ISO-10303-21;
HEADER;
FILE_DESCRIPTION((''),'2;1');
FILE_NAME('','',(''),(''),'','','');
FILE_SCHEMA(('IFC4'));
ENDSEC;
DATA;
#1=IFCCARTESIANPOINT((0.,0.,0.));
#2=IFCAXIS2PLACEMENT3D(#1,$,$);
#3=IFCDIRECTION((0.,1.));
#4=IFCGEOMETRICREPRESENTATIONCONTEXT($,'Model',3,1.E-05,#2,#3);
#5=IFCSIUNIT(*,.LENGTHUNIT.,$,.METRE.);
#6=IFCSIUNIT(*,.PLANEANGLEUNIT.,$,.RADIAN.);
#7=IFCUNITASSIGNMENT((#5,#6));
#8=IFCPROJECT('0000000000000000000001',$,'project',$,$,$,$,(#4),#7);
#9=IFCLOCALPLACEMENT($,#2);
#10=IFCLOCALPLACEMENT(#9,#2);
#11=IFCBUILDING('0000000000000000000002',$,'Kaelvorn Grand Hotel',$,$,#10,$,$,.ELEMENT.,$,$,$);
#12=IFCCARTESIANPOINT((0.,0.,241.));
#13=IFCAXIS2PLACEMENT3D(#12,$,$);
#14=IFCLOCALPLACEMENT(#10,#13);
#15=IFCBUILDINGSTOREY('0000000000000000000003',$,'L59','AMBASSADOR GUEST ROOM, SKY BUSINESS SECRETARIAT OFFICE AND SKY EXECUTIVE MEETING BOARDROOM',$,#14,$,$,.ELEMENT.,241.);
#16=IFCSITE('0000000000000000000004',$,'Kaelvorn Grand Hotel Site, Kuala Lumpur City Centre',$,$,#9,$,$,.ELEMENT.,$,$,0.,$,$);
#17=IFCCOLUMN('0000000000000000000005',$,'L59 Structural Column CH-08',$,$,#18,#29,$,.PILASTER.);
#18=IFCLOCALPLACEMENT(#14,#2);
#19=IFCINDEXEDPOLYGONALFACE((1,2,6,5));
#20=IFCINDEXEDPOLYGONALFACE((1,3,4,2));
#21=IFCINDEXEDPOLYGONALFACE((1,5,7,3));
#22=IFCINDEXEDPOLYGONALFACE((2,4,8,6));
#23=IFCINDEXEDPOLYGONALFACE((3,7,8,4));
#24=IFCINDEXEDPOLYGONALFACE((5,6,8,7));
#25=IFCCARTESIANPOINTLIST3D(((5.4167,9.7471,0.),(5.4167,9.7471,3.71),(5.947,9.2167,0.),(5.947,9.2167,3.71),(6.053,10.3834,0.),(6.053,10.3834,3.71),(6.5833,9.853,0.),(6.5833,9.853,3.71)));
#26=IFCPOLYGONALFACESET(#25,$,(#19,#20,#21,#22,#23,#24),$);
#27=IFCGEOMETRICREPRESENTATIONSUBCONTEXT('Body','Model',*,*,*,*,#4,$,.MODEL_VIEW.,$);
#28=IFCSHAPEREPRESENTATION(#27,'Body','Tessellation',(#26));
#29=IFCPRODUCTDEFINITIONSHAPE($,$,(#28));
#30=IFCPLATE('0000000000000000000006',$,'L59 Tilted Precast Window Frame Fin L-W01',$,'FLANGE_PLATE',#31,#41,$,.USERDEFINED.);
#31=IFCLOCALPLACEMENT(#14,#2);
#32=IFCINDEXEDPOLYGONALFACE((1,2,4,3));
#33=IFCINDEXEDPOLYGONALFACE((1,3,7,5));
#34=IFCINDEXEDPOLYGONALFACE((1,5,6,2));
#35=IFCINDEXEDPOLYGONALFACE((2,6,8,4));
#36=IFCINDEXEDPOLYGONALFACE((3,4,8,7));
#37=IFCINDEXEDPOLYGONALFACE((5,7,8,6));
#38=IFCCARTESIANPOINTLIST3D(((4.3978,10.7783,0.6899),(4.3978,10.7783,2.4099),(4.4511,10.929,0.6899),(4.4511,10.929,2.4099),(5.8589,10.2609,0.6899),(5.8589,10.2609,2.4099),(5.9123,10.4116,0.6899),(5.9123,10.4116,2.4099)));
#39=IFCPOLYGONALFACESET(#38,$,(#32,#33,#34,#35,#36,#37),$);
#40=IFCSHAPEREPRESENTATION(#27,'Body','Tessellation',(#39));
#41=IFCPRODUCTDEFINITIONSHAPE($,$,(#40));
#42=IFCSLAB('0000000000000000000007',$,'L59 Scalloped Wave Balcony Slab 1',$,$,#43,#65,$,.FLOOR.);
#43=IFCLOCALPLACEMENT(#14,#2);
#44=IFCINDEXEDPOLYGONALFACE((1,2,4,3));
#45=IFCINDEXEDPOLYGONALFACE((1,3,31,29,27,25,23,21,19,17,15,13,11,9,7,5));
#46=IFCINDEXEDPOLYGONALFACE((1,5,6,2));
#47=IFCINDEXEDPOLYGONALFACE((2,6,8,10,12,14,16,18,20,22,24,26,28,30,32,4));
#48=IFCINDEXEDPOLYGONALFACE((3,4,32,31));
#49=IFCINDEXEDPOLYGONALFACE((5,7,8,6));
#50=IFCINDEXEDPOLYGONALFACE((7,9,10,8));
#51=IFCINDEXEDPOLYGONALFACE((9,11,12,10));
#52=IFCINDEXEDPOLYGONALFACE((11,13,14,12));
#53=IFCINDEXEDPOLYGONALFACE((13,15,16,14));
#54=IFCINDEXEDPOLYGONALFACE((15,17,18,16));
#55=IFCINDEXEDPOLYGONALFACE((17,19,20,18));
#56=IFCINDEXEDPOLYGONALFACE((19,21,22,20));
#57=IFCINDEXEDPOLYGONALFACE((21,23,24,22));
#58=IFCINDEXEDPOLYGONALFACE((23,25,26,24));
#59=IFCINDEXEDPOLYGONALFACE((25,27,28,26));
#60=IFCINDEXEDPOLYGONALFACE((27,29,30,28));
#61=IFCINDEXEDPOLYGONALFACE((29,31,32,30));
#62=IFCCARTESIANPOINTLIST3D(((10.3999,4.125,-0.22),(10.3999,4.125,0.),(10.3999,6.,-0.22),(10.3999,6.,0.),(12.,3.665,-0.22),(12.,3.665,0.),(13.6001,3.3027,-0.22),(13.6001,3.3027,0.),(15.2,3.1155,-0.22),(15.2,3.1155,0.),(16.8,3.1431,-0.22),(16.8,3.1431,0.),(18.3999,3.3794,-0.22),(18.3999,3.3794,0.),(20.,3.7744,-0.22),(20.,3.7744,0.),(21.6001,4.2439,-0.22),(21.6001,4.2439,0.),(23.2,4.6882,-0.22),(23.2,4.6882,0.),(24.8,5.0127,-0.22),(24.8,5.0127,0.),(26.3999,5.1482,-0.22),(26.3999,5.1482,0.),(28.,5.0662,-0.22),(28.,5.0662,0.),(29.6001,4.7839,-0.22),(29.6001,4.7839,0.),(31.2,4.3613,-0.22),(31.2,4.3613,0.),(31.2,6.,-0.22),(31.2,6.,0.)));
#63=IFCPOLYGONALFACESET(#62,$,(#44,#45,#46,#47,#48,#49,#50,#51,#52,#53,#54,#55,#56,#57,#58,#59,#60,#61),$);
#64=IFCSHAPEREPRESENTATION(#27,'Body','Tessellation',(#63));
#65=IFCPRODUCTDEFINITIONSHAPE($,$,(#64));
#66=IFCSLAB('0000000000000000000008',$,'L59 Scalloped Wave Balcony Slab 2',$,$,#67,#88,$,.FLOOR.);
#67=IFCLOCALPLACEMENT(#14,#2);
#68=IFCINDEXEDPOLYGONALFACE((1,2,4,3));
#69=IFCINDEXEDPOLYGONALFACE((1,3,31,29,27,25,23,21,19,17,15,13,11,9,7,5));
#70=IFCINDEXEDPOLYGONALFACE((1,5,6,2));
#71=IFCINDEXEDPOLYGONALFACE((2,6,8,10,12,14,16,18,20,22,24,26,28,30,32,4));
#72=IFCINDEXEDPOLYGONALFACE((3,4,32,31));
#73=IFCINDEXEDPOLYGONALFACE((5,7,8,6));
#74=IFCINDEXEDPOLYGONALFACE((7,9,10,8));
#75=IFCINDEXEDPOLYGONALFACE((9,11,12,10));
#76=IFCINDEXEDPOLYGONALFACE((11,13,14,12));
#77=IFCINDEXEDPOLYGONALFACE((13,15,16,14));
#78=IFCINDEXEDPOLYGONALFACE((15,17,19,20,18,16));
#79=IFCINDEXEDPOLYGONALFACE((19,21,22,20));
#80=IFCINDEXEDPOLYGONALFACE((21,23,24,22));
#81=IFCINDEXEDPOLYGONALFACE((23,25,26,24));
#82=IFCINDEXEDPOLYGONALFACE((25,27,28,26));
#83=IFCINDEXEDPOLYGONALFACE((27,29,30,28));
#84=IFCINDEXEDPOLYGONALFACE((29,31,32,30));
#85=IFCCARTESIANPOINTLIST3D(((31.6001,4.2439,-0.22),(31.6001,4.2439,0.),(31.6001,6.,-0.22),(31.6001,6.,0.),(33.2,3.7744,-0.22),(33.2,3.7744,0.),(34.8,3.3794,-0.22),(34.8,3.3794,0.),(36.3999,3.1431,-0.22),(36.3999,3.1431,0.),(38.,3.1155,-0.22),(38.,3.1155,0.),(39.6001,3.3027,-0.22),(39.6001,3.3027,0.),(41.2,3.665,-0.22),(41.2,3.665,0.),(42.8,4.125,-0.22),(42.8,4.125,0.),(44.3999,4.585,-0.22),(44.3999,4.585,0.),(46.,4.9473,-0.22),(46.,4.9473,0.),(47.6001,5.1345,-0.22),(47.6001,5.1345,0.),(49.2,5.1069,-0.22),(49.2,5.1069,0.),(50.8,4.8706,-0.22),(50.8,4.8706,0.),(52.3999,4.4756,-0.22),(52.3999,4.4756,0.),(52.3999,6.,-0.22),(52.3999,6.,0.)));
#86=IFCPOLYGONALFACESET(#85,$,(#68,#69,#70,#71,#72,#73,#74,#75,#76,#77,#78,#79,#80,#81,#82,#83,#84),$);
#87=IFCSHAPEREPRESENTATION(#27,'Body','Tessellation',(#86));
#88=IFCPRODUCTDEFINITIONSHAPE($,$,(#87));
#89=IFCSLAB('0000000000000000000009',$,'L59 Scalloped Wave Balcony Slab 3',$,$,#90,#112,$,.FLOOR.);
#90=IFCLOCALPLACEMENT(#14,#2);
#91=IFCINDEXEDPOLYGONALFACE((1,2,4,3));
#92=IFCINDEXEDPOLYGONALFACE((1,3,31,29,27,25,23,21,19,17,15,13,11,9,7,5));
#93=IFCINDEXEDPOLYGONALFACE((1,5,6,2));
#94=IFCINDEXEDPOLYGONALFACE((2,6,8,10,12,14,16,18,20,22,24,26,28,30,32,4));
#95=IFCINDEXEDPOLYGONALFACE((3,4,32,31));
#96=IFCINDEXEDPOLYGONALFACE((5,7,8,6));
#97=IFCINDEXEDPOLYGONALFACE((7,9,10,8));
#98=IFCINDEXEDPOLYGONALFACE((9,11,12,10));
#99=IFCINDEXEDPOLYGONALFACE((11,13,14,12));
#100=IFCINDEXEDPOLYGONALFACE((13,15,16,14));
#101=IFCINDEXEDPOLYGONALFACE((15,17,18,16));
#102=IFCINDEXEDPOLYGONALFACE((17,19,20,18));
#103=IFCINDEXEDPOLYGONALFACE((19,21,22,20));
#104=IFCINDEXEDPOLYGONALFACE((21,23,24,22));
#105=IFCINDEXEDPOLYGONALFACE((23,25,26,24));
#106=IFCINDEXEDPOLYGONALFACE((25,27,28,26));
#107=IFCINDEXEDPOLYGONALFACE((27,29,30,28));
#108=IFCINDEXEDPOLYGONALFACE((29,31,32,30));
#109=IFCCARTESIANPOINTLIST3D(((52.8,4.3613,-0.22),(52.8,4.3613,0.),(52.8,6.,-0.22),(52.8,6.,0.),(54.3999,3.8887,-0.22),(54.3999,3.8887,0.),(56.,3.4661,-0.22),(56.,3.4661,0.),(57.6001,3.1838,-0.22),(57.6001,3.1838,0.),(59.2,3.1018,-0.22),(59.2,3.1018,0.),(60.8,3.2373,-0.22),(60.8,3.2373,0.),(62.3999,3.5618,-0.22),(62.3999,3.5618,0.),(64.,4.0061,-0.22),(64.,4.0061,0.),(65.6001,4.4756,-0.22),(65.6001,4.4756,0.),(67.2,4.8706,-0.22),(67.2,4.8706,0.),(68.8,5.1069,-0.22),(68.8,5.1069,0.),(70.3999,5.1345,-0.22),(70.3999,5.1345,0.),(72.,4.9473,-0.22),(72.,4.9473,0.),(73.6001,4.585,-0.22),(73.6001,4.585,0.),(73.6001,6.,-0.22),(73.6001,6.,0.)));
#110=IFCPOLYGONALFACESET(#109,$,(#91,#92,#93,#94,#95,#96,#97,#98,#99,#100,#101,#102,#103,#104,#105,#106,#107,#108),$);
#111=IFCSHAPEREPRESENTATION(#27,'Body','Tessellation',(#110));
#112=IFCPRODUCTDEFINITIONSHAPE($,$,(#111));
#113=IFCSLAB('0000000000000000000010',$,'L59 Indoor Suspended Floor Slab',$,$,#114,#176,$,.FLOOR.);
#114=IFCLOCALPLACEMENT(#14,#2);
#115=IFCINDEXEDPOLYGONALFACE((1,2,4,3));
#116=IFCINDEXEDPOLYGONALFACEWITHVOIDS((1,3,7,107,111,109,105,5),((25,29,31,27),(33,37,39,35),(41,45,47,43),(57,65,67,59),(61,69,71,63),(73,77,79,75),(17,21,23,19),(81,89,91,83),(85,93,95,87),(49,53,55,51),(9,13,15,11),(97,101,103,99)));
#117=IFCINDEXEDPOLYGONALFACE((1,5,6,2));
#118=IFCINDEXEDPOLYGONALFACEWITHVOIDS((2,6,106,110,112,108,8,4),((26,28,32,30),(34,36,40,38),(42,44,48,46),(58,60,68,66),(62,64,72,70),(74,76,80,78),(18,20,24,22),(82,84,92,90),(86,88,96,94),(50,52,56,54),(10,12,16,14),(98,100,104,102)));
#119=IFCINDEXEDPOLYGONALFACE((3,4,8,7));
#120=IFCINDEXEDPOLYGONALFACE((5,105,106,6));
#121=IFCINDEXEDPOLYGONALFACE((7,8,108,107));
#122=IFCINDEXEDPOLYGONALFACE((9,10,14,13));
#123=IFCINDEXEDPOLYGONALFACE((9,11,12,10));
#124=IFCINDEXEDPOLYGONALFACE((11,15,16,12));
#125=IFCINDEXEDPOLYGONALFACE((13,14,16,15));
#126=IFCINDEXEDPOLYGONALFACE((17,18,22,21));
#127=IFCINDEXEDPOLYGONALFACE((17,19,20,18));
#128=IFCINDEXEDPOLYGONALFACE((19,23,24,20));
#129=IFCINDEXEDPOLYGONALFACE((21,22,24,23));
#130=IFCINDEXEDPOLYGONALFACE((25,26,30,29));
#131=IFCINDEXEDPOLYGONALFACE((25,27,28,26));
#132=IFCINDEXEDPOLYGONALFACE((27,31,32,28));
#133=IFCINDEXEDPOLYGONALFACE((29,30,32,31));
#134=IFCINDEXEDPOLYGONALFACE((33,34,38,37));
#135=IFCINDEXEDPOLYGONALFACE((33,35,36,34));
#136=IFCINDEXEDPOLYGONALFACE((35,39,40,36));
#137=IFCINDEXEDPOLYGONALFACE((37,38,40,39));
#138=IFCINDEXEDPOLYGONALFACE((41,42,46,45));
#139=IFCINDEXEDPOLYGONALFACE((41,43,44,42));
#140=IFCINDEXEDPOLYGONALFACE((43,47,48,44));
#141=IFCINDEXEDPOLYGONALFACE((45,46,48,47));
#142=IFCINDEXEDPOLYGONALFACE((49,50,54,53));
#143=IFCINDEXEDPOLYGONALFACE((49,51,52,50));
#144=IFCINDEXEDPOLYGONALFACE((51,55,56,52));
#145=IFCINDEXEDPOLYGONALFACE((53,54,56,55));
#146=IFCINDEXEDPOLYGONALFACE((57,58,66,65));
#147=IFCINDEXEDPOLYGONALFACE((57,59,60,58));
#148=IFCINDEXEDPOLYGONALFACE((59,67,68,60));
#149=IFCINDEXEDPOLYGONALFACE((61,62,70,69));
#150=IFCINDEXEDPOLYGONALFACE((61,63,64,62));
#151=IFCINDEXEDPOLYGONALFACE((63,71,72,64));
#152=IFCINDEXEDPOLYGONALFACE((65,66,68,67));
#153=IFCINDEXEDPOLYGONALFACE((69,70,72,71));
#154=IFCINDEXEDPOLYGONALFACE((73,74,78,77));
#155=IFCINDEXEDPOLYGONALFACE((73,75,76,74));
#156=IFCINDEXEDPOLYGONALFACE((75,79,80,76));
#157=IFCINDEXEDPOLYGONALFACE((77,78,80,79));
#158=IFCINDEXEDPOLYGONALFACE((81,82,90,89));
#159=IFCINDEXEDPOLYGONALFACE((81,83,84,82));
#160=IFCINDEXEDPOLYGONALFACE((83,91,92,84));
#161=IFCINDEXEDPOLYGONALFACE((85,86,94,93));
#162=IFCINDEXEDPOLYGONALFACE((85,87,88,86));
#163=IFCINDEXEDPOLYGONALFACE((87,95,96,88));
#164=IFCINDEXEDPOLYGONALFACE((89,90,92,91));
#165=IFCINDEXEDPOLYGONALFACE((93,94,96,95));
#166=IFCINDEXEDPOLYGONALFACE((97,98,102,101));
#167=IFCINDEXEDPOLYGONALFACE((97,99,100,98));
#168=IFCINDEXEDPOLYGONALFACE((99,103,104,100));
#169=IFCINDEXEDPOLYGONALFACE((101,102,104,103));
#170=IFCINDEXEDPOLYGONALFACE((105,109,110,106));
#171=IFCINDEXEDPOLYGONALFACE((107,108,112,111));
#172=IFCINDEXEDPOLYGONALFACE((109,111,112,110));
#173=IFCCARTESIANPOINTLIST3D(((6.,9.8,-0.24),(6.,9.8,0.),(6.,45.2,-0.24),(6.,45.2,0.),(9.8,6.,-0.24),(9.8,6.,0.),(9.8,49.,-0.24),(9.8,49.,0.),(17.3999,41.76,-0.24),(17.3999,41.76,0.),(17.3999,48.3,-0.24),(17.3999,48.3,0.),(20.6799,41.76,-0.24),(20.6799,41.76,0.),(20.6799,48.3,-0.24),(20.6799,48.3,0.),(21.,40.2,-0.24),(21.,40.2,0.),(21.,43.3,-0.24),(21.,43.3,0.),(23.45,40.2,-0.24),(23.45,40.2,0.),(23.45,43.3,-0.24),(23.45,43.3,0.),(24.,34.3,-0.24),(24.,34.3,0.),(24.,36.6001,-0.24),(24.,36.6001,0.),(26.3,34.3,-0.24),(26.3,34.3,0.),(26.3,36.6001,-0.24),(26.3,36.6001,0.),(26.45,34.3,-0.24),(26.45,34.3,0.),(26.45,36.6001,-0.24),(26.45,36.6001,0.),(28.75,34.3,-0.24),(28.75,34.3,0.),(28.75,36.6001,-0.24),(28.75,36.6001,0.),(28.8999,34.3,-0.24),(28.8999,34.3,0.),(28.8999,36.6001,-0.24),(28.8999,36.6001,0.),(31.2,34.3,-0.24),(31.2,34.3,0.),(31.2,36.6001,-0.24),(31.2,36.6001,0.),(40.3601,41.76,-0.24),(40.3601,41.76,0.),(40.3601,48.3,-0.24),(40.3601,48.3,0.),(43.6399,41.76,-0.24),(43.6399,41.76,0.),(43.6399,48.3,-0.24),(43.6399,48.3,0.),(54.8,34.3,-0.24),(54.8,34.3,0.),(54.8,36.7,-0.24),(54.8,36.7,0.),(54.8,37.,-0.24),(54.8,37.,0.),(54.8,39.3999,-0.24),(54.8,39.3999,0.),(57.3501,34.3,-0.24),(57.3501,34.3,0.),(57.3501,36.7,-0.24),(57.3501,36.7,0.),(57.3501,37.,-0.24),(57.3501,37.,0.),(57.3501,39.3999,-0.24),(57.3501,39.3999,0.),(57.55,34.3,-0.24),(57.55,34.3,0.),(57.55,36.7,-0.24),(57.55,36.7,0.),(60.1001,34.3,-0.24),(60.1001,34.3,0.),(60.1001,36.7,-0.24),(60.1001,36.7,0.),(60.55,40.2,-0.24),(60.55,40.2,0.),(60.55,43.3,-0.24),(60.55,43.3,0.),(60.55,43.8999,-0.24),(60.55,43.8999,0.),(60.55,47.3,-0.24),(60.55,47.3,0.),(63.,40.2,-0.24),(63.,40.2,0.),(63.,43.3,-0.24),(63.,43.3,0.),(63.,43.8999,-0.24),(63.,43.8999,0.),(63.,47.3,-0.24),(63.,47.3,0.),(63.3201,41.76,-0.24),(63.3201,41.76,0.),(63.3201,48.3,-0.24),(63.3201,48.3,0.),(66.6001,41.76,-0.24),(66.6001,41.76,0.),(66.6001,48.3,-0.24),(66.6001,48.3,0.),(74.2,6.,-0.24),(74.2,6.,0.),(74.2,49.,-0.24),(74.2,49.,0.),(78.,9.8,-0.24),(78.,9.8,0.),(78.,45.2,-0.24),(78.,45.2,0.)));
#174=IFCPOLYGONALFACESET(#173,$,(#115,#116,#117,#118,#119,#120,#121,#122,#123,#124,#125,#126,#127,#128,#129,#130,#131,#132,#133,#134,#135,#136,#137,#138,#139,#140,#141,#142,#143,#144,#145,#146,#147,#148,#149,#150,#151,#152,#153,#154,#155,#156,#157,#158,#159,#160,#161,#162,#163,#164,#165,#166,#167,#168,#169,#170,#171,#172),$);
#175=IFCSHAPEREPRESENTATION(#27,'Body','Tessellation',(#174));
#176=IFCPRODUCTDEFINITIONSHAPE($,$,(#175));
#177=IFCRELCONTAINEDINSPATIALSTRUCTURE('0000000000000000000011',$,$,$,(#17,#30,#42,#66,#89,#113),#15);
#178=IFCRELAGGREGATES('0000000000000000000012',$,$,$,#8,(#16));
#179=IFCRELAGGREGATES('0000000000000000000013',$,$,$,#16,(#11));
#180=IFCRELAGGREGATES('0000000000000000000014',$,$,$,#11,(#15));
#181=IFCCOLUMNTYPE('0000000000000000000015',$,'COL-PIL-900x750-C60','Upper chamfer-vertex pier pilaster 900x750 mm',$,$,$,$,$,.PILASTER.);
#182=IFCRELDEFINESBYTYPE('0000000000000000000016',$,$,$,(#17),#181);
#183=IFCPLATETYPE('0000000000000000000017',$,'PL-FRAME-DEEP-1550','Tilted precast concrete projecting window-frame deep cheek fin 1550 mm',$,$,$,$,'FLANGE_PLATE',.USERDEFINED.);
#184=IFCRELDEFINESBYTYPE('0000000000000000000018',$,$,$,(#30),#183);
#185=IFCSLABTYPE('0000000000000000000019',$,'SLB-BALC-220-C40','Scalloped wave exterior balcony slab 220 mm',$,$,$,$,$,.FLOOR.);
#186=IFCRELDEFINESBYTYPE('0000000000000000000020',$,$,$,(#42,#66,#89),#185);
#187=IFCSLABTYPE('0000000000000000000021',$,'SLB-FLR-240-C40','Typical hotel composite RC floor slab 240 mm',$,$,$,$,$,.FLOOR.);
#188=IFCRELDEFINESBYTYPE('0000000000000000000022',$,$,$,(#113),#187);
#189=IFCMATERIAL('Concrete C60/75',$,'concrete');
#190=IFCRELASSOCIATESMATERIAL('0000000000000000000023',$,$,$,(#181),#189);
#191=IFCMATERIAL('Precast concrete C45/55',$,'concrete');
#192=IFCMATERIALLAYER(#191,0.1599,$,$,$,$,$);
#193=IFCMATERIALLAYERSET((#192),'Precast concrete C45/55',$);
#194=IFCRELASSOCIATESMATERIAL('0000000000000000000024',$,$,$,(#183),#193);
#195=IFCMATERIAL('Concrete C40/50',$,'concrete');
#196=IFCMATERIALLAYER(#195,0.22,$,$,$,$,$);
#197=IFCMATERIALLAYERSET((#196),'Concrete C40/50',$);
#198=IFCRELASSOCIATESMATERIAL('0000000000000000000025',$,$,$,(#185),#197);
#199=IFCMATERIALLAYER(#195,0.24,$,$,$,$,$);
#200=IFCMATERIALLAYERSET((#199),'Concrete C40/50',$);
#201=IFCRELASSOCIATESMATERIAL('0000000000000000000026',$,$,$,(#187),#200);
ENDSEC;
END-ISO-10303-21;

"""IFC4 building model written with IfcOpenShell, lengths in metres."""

from ifc_helpers import new_model, si_unit, direction, frame, origin, origin_2d, place, context, subcontext, project, spatial, polyline, rectangle, outline, extrude, material, layer, layer_set, material_profile, profile_set, type_object, element, save


model = new_model("IFC4")

# Units and contexts
model_context = context("Model", 3, precision=1e-05, world=origin(), true_north=direction((0.0, 1.0)))
body_context = subcontext(model_context, "Body", "Model", "MODEL_VIEW")
ifc_project = project(units=[si_unit("LENGTHUNIT", "METRE"), si_unit("PLANEANGLEUNIT", "RADIAN")], contexts=[model_context])

# Site, building, storey
site_placement = place(None, origin())
site = spatial("IfcSite", under=ifc_project, at=site_placement, Name="Kaelvorn Grand Hotel Site, Kuala Lumpur City Centre", CompositionType="ELEMENT", RefElevation=0.0)
building_placement = place(site_placement, origin())
building = spatial("IfcBuilding", under=site, at=building_placement, Name="Kaelvorn Grand Hotel", CompositionType="ELEMENT")
storey_placement = place(building_placement, frame((0.0, 0.0, 241.0)))
storey = spatial("IfcBuildingStorey", under=building, at=storey_placement, Name="L59", Description="AMBASSADOR GUEST ROOM, SKY BUSINESS SECRETARIAT OFFICE AND SKY EXECUTIVE MEETING BOARDROOM", CompositionType="ELEMENT", Elevation=241.0)

# Column
ifc_material_1 = material(Name="Concrete C60/75", Category="concrete")
ifc_material_profile = material_profile(ifc_material_1, rectangle(XDim=0.8999, YDim=0.75, at=origin_2d()), Name="RC PILASTER 900x750")
ifc_profile_set = profile_set([ifc_material_profile], Name="Concrete C60/75")
column_type = type_object("IfcColumnType", Name="COL-PIL-900x750-C60", Description="Upper chamfer-vertex pier pilaster 900x750 mm", PredefinedType="PILASTER", material=ifc_profile_set)
column_placement = place(storey_placement, frame((6.0, 9.8, 0.0), z_axis=(0.0, 0.0, 1.0), x_axis=(0.707107, 0.707107, 0.0)))
element("IfcColumn", 1, at=column_placement, inside=storey, type_object=column_type, Name="L59 Structural Column CH-08", PredefinedType="PILASTER", context=body_context, shape_type="SweptSolid", body=[
    extrude(rectangle(XDim=0.8999, YDim=0.75, at=origin_2d()), origin(), (0.0, 0.0, 1.0), 3.71),
])

# Plate
ifc_material_2 = material(Name="Precast concrete C45/55", Category="concrete")
ifc_layer_1 = layer(ifc_material_2, 0.1599)
ifc_layer_set_1 = layer_set([ifc_layer_1], Name="Precast concrete C45/55")
plate_type = type_object("IfcPlateType", Name="PL-FRAME-DEEP-1550", Description="Tilted precast concrete projecting window-frame deep cheek fin 1550 mm", ElementType="FLANGE_PLATE", PredefinedType="USERDEFINED", material=ifc_layer_set_1)
plate_placement = place(storey_placement, frame((5.155, 10.595, 0.6899), z_axis=(0.0, 0.0, 1.0), x_axis=(0.333807, 0.942641, 0.0)))
element("IfcPlate", 2, at=plate_placement, inside=storey, type_object=plate_type, Name="L59 Tilted Precast Window Frame Fin L-W01", ObjectType="FLANGE_PLATE", PredefinedType="USERDEFINED", context=body_context, shape_type="SweptSolid", body=[
    extrude(rectangle(XDim=0.1599, YDim=1.55, at=origin_2d()), origin(), (0.0, 0.0, 1.0), 1.72),
])

# Slabs
ifc_material_3 = material(Name="Concrete C40/50", Category="concrete")
ifc_layer_2 = layer(ifc_material_3, 0.22)
ifc_layer_set_2 = layer_set([ifc_layer_2], Name="Concrete C40/50")
slab_type_1 = type_object("IfcSlabType", Name="SLB-BALC-220-C40", Description="Scalloped wave exterior balcony slab 220 mm", PredefinedType="FLOOR", material=ifc_layer_set_2)
slab_1_placement = place(storey_placement, frame((0.0, 0.0, -0.22)))
element("IfcSlab", 3, at=slab_1_placement, inside=storey, type_object=slab_type_1, Name="L59 Scalloped Wave Balcony Slab 1", PredefinedType="FLOOR", context=body_context, shape_type="SweptSolid", body=[
    extrude(outline(polyline([(10.3999, 4.125), (12.0, 3.665), (13.6001, 3.3027), (15.2, 3.1155), (16.8, 3.1431), (18.3999, 3.3794), (20.0, 3.7744), (21.6001, 4.2439), (23.2, 4.6882), (24.8, 5.0127), (26.3999, 5.1482), (28.0, 5.0662), (29.6001, 4.7839), (31.2, 4.3613), (31.2, 6.0), (10.3999, 6.0), (10.3999, 4.125)])), origin(), (0.0, 0.0, 1.0), 0.22),
])
slab_2_placement = place(storey_placement, frame((0.0, 0.0, -0.22)))
element("IfcSlab", 4, at=slab_2_placement, inside=storey, type_object=slab_type_1, Name="L59 Scalloped Wave Balcony Slab 2", PredefinedType="FLOOR", context=body_context, shape_type="SweptSolid", body=[
    extrude(outline(polyline([(31.6001, 4.2439), (33.2, 3.7744), (34.8, 3.3794), (36.3999, 3.1431), (38.0, 3.1155), (39.6001, 3.3027), (41.2, 3.665), (42.8, 4.125), (44.3999, 4.585), (46.0, 4.9473), (47.6001, 5.1345), (49.2, 5.1069), (50.8, 4.8706), (52.3999, 4.4756), (52.3999, 6.0), (31.6001, 6.0), (31.6001, 4.2439)])), origin(), (0.0, 0.0, 1.0), 0.22),
])
slab_3_placement = place(storey_placement, frame((0.0, 0.0, -0.22)))
element("IfcSlab", 5, at=slab_3_placement, inside=storey, type_object=slab_type_1, Name="L59 Scalloped Wave Balcony Slab 3", PredefinedType="FLOOR", context=body_context, shape_type="SweptSolid", body=[
    extrude(outline(polyline([(52.8, 4.3613), (54.3999, 3.8887), (56.0, 3.4661), (57.6001, 3.1838), (59.2, 3.1018), (60.8, 3.2373), (62.3999, 3.5618), (64.0, 4.0061), (65.6001, 4.4756), (67.2, 4.8706), (68.8, 5.1069), (70.3999, 5.1345), (72.0, 4.9473), (73.6001, 4.585), (73.6001, 6.0), (52.8, 6.0), (52.8, 4.3613)])), origin(), (0.0, 0.0, 1.0), 0.22),
])
ifc_layer_3 = layer(ifc_material_3, 0.24)
ifc_layer_set_3 = layer_set([ifc_layer_3], Name="Concrete C40/50")
slab_type_2 = type_object("IfcSlabType", Name="SLB-FLR-240-C40", Description="Typical hotel composite RC floor slab 240 mm", PredefinedType="FLOOR", material=ifc_layer_set_3)
slab_4_placement = place(storey_placement, frame((0.0, 0.0, -0.24)))
element("IfcSlab", 6, at=slab_4_placement, inside=storey, type_object=slab_type_2, Name="L59 Indoor Suspended Floor Slab", PredefinedType="FLOOR", context=body_context, shape_type="SweptSolid", body=[
    extrude(outline(polyline([(9.8, 6.0), (74.2, 6.0), (78.0, 9.8), (78.0, 45.2), (74.2, 49.0), (9.8, 49.0), (6.0, 45.2), (6.0, 9.8), (9.8, 6.0)]), holes=[polyline([(17.3999, 41.76), (17.3999, 48.3), (20.6799, 48.3), (20.6799, 41.76), (17.3999, 41.76)]), polyline([(40.3601, 41.76), (40.3601, 48.3), (43.6399, 48.3), (43.6399, 41.76), (40.3601, 41.76)]), polyline([(63.3201, 41.76), (63.3201, 48.3), (66.6001, 48.3), (66.6001, 41.76), (63.3201, 41.76)]), polyline([(24.0, 34.3), (24.0, 36.6001), (26.3, 36.6001), (26.3, 34.3), (24.0, 34.3)]), polyline([(26.45, 34.3), (26.45, 36.6001), (28.75, 36.6001), (28.75, 34.3), (26.45, 34.3)]), polyline([(28.8999, 34.3), (28.8999, 36.6001), (31.2, 36.6001), (31.2, 34.3), (28.8999, 34.3)]), polyline([(54.8, 34.3), (54.8, 36.7), (57.3501, 36.7), (57.3501, 34.3), (54.8, 34.3)]), polyline([(57.55, 34.3), (57.55, 36.7), (60.1001, 36.7), (60.1001, 34.3), (57.55, 34.3)]), polyline([(54.8, 37.0), (54.8, 39.3999), (57.3501, 39.3999), (57.3501, 37.0), (54.8, 37.0)]), polyline([(21.0, 40.2), (21.0, 43.3), (23.45, 43.3), (23.45, 40.2), (21.0, 40.2)]), polyline([(60.55, 40.2), (60.55, 43.3), (63.0, 43.3), (63.0, 40.2), (60.55, 40.2)]), polyline([(60.55, 43.8999), (60.55, 47.3), (63.0, 47.3), (63.0, 43.8999), (60.55, 43.8999)])]), origin(), (0.0, 0.0, 1.0), 0.24),
])

save(model, "model.ifc")
